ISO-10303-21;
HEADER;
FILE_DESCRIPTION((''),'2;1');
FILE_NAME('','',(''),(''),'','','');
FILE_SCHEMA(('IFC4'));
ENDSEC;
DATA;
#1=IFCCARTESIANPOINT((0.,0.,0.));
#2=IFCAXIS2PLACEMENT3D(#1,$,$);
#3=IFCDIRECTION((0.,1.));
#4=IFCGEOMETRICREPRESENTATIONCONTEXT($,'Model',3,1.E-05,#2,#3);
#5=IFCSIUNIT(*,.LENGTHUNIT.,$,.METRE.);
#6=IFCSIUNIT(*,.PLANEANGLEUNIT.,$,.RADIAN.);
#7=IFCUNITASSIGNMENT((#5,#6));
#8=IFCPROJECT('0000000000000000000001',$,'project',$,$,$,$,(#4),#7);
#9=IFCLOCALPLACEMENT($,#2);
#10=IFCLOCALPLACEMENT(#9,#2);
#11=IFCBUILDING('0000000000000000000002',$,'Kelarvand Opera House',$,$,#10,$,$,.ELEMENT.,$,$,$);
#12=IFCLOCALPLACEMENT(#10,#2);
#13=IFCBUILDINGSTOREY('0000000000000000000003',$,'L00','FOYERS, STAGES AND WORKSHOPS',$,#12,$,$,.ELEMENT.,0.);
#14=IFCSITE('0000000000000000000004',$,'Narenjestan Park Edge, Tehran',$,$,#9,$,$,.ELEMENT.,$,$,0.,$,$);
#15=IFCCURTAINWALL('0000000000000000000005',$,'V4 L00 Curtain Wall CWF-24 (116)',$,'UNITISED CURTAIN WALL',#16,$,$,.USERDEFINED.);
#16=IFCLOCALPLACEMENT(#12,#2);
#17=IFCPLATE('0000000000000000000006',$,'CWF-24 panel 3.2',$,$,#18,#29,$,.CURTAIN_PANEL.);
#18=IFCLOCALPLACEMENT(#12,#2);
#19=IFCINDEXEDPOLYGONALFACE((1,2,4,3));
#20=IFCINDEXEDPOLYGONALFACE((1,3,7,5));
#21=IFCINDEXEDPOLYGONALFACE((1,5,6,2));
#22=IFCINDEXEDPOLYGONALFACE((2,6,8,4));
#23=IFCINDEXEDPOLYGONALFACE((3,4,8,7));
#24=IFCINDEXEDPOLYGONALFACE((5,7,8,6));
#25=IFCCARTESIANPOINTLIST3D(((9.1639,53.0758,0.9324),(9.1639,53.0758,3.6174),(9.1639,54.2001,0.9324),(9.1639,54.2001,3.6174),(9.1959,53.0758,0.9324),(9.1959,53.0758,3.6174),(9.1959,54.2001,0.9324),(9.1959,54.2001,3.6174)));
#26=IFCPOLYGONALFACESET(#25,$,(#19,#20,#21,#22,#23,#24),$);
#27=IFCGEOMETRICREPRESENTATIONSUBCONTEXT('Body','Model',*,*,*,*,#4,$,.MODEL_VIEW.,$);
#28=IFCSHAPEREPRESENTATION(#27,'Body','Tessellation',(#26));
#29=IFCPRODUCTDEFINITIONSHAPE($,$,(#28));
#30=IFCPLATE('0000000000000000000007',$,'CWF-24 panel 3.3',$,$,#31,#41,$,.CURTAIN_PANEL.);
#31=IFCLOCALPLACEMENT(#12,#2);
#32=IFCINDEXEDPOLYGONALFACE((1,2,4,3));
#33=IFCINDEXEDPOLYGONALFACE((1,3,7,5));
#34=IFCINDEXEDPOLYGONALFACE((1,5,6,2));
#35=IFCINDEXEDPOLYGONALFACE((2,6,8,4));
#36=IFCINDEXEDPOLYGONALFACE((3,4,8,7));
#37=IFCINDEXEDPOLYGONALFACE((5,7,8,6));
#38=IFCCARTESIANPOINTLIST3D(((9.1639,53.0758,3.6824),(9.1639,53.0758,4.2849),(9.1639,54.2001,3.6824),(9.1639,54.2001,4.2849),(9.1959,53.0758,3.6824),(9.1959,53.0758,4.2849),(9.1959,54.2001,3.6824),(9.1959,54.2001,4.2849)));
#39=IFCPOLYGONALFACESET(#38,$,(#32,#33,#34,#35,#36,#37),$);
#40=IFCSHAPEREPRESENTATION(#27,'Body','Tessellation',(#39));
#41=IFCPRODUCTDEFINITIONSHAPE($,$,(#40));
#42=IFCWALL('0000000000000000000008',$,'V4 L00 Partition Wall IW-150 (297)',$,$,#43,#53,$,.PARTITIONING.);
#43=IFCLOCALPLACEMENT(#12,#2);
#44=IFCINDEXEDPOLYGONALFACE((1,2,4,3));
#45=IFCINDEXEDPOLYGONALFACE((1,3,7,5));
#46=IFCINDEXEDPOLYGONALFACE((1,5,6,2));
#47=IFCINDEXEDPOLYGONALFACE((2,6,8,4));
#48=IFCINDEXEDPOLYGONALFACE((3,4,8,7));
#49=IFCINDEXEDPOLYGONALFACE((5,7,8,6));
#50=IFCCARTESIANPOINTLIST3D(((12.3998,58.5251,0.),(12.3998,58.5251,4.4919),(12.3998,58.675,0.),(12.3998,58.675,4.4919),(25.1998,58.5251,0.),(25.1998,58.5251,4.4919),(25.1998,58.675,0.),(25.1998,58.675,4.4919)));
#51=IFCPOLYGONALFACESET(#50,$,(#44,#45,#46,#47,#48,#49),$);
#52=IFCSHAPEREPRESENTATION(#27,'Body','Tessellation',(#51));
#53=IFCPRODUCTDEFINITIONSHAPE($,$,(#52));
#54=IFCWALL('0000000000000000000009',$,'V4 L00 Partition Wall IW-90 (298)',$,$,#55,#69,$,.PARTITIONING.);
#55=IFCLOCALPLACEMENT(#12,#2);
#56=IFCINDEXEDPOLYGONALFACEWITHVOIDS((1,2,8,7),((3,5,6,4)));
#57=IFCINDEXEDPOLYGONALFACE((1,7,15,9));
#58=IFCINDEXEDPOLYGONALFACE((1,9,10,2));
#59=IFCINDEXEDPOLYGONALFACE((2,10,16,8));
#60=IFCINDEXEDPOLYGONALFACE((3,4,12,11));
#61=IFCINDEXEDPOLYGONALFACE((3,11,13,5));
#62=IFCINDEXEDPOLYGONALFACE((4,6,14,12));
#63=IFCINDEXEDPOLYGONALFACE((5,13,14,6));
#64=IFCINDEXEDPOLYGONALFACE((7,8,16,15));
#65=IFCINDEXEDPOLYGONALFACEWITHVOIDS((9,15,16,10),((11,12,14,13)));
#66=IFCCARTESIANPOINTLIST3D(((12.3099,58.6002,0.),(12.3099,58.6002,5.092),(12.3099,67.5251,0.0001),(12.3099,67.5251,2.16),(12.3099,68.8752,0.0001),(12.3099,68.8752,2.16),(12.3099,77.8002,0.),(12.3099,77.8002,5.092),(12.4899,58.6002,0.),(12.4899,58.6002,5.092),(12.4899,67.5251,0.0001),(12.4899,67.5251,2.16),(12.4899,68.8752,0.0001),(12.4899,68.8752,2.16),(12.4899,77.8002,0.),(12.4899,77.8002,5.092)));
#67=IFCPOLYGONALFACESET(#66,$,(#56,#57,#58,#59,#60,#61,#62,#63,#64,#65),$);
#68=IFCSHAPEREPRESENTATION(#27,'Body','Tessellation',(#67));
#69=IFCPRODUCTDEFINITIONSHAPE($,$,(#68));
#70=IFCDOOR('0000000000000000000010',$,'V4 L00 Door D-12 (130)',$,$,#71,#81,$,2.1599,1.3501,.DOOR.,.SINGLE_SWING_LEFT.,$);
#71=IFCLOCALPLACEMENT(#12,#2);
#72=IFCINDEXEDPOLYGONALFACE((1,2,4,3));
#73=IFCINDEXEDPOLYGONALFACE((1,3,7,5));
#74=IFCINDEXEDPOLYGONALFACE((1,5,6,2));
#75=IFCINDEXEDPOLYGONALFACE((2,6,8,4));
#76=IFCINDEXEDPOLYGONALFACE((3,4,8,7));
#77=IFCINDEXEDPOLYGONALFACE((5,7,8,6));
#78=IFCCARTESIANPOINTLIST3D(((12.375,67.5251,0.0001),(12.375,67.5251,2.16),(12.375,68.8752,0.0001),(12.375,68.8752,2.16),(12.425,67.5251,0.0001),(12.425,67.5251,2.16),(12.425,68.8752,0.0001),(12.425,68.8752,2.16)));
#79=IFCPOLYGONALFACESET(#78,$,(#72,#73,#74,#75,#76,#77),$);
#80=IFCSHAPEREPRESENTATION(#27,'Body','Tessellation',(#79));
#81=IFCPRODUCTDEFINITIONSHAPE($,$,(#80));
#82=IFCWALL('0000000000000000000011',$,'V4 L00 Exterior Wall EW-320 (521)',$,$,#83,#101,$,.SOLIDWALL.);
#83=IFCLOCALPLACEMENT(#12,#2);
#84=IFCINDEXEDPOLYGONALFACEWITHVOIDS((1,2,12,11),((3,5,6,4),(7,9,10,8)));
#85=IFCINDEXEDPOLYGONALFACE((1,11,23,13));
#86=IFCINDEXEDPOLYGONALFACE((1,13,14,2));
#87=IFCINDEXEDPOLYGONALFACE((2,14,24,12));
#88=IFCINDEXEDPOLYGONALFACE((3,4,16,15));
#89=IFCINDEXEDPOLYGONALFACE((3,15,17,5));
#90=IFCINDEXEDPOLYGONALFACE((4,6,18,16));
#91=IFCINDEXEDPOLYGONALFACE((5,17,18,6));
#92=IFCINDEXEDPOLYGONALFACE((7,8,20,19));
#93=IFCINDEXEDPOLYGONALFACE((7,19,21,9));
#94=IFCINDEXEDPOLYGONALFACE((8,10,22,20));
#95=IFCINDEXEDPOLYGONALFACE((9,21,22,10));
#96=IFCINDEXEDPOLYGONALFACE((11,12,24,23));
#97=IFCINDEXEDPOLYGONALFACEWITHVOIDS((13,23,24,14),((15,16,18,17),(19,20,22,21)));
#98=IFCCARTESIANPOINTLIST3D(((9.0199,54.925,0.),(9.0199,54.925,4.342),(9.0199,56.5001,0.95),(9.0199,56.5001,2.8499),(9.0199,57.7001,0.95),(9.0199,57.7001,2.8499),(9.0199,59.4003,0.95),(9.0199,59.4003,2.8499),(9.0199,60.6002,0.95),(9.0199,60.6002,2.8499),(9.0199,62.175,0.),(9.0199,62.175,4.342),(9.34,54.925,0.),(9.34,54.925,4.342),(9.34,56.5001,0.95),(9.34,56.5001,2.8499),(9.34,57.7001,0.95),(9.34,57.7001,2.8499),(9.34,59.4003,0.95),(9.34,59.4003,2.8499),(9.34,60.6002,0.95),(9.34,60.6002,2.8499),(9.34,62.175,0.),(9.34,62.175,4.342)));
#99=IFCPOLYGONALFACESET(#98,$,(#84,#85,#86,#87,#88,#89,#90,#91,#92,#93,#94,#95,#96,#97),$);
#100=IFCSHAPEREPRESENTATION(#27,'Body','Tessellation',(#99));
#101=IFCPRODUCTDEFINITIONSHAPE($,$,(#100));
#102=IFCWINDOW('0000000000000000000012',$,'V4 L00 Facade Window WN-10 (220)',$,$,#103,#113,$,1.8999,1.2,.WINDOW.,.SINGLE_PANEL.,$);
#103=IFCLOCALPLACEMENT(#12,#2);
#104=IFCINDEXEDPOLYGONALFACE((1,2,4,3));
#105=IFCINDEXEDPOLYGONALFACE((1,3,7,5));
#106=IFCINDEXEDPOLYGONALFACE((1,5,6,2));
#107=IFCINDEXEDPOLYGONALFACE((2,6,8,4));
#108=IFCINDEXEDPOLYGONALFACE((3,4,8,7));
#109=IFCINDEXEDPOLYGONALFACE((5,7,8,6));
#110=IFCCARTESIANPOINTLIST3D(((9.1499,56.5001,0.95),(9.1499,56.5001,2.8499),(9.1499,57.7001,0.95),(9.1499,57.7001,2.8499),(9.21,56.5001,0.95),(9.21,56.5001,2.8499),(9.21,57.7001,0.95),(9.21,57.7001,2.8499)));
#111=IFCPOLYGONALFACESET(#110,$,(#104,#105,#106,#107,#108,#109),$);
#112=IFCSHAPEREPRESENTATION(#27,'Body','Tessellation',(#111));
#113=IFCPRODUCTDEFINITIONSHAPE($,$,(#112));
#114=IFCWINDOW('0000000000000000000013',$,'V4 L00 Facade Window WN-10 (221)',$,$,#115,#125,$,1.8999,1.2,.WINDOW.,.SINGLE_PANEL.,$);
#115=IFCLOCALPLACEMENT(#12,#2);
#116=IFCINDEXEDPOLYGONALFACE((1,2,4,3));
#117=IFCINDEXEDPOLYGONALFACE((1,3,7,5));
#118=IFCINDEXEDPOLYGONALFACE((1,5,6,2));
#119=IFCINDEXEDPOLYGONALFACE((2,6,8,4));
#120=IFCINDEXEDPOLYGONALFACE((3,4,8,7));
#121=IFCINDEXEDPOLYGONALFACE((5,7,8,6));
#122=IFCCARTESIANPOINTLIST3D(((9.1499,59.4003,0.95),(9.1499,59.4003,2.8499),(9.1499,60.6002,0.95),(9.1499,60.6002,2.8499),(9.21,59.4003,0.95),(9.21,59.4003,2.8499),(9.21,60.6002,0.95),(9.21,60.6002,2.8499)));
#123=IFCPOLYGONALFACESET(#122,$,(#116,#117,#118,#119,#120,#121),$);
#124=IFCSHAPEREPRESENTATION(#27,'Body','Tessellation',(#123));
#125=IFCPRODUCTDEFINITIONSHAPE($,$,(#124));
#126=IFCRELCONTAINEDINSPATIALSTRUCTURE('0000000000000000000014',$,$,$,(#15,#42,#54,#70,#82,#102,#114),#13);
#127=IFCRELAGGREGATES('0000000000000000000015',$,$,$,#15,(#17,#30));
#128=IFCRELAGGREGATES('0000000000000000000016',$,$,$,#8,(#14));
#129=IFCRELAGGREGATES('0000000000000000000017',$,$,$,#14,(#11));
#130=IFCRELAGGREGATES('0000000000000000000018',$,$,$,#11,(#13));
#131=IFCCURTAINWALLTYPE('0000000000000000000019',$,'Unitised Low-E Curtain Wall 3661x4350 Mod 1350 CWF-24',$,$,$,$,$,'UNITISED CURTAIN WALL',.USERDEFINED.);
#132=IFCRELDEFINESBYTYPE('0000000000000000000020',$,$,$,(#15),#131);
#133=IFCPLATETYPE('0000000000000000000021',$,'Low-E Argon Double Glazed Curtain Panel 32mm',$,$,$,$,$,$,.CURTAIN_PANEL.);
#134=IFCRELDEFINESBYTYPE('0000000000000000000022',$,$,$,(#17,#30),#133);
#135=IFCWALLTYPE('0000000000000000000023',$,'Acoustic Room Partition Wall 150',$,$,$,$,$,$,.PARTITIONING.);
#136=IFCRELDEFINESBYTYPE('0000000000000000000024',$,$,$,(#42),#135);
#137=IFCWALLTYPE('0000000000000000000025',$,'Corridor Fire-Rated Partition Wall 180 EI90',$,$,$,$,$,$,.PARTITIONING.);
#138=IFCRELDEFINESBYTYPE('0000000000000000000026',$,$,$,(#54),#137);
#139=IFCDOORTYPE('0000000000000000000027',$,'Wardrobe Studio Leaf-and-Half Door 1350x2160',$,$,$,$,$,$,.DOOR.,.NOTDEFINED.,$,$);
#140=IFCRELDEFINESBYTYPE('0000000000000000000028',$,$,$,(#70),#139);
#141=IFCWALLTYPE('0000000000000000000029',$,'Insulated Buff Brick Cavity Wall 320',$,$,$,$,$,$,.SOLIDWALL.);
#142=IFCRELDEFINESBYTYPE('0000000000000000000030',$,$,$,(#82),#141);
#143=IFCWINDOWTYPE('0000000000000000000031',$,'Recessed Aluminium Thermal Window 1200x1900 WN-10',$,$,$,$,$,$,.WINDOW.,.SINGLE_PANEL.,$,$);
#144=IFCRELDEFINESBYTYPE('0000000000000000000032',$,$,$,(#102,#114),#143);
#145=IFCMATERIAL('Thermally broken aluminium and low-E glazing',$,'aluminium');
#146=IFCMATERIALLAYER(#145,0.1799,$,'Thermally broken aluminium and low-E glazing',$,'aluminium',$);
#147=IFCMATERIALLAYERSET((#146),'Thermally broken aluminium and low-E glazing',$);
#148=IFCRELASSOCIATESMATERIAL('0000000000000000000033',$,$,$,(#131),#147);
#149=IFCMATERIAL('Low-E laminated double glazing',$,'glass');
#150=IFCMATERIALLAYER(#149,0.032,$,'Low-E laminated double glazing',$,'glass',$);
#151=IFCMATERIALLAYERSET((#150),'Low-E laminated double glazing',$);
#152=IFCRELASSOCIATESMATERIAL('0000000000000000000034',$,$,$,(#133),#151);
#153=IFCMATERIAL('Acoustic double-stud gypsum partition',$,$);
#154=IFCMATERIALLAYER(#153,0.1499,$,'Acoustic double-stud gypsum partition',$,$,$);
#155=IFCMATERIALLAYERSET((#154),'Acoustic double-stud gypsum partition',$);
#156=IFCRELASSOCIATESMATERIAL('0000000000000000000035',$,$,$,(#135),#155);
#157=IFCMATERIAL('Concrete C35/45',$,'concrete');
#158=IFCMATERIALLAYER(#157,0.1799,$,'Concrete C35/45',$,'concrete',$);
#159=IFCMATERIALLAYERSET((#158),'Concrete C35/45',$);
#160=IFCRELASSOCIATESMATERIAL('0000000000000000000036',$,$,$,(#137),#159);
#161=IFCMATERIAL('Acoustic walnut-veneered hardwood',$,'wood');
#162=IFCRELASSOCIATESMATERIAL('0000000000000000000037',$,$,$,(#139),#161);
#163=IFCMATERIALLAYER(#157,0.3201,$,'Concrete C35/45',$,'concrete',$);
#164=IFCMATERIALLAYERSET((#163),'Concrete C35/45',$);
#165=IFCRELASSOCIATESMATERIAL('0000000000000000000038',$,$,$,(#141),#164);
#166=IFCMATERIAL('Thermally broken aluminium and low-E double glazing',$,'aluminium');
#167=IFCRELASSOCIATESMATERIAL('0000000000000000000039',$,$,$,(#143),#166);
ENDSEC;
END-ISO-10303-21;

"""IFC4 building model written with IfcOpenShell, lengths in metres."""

from ifc_helpers import new_model, si_unit, direction, frame, frame_2d, origin, origin_2d, place, context, subcontext, project, spatial, rectangle, extrude, material, layer, layer_set, type_object, element, fill, aggregate, save


model = new_model("IFC4")

# Units and contexts
model_context = context("Model", 3, precision=1e-05, world=origin(), true_north=direction((0.0, 1.0)))
body_context = subcontext(model_context, "Body", "Model", "MODEL_VIEW")
ifc_project = project(units=[si_unit("LENGTHUNIT", "METRE"), si_unit("PLANEANGLEUNIT", "RADIAN")], contexts=[model_context])

# Site, building, storey
site_placement = place(None, origin())
site = spatial("IfcSite", under=ifc_project, at=site_placement, Name="Narenjestan Park Edge, Tehran", CompositionType="ELEMENT", RefElevation=0.0)
building_placement = place(site_placement, origin())
building = spatial("IfcBuilding", under=site, at=building_placement, Name="Kelarvand Opera House", CompositionType="ELEMENT")
storey_placement = place(building_placement, origin())
storey = spatial("IfcBuildingStorey", under=building, at=storey_placement, Name="L00", Description="FOYERS, STAGES AND WORKSHOPS", CompositionType="ELEMENT", Elevation=0.0)

# Curtain wall
ifc_material_1 = material(Name="Thermally broken aluminium and low-E glazing", Category="aluminium")
ifc_layer_1 = layer(ifc_material_1, 0.1799, Name="Thermally broken aluminium and low-E glazing", Category="aluminium")
ifc_layer_set_1 = layer_set([ifc_layer_1], Name="Thermally broken aluminium and low-E glazing")
curtain_wall_type = type_object("IfcCurtainWallType", Name="Unitised Low-E Curtain Wall 3661x4350 Mod 1350 CWF-24", ElementType="UNITISED CURTAIN WALL", PredefinedType="USERDEFINED", material=ifc_layer_set_1)
curtain_wall_placement = place(storey_placement, origin())
curtain_wall = element("IfcCurtainWall", 1, at=curtain_wall_placement, inside=storey, type_object=curtain_wall_type, Name="V4 L00 Curtain Wall CWF-24 (116)", ObjectType="UNITISED CURTAIN WALL", PredefinedType="USERDEFINED")

# Shared definitions
ifc_material_2 = material(Name="Concrete C35/45", Category="concrete")

# Plates
ifc_material_3 = material(Name="Low-E laminated double glazing", Category="glass")
ifc_layer_2 = layer(ifc_material_3, 0.032, Name="Low-E laminated double glazing", Category="glass")
ifc_layer_set_2 = layer_set([ifc_layer_2], Name="Low-E laminated double glazing")
plate_type = type_object("IfcPlateType", Name="Low-E Argon Double Glazed Curtain Panel 32mm", PredefinedType="CURTAIN_PANEL", material=ifc_layer_set_2)
plate_1_placement = place(storey_placement, frame((9.1799, 53.6379, 0.9324), z_axis=(0.0, 0.0, 1.0), x_axis=(0.0, 1.0, 0.0)))
plate_1 = element("IfcPlate", 2, at=plate_1_placement, type_object=plate_type, Name="CWF-24 panel 3.2", PredefinedType="CURTAIN_PANEL", context=body_context, shape_type="SweptSolid", body=[
    extrude(rectangle(XDim=1.1243, YDim=0.032, at=origin_2d()), origin(), (0.0, 0.0, 1.0), 2.6851),
])
plate_2_placement = place(storey_placement, frame((9.1799, 53.6379, 3.6824), z_axis=(0.0, 0.0, 1.0), x_axis=(0.0, 1.0, 0.0)))
plate_2 = element("IfcPlate", 3, at=plate_2_placement, type_object=plate_type, Name="CWF-24 panel 3.3", PredefinedType="CURTAIN_PANEL", context=body_context, shape_type="SweptSolid", body=[
    extrude(rectangle(XDim=1.1243, YDim=0.032, at=origin_2d()), origin(), (0.0, 0.0, 1.0), 0.6025),
])
aggregate(curtain_wall, [plate_1, plate_2])

# Wall
ifc_material_4 = material(Name="Acoustic double-stud gypsum partition")
ifc_layer_3 = layer(ifc_material_4, 0.1499, Name="Acoustic double-stud gypsum partition")
ifc_layer_set_3 = layer_set([ifc_layer_3], Name="Acoustic double-stud gypsum partition")
wall_type_1 = type_object("IfcWallType", Name="Acoustic Room Partition Wall 150", PredefinedType="PARTITIONING", material=ifc_layer_set_3)
wall_1_placement = place(storey_placement, frame((12.3999, 58.6001, 0.0), z_axis=(0.0, 0.0, 1.0), x_axis=(1.0, 0.0, 0.0)))
element("IfcWall", 4, at=wall_1_placement, inside=storey, type_object=wall_type_1, Name="V4 L00 Partition Wall IW-150 (297)", PredefinedType="PARTITIONING", context=body_context, shape_type="SweptSolid", body=[
    extrude(rectangle(XDim=12.8, YDim=0.1499, at=frame_2d((6.3999, 0.0))), origin(), (0.0, 0.0, 1.0), 4.4919),
])

# Wall, opening, door
ifc_layer_4 = layer(ifc_material_2, 0.1799, Name="Concrete C35/45", Category="concrete")
ifc_layer_set_4 = layer_set([ifc_layer_4], Name="Concrete C35/45")
wall_type_2 = type_object("IfcWallType", Name="Corridor Fire-Rated Partition Wall 180 EI90", PredefinedType="PARTITIONING", material=ifc_layer_set_4)
wall_2_placement = place(storey_placement, frame((12.3999, 58.6001, 0.0), z_axis=(0.0, 0.0, 1.0), x_axis=(0.0, 1.0, 0.0)))
wall_2 = element("IfcWall", 5, at=wall_2_placement, inside=storey, type_object=wall_type_2, Name="V4 L00 Partition Wall IW-90 (298)", PredefinedType="PARTITIONING", context=body_context, shape_type="SweptSolid", body=[
    extrude(rectangle(XDim=19.2, YDim=0.1799, at=frame_2d((9.6001, 0.0))), origin(), (0.0, 0.0, 1.0), 5.092),
])
opening_1_placement = place(wall_2_placement, frame((8.925, 0.0, 0.0)))
opening_1 = element("IfcOpeningElement", 6, at=opening_1_placement, cuts=wall_2, PredefinedType="OPENING", context=body_context, shape_type="SweptSolid", body=[
    extrude(rectangle(XDim=1.3501, YDim=2.1599, at=frame_2d((0.675, 1.0801))), frame((0.0, 0.1001, 0.0), z_axis=(0.0, -1.0, 0.0), x_axis=(1.0, 0.0, 0.0)), (0.0, 0.0, 1.0), 0.2),
])
ifc_material_5 = material(Name="Acoustic walnut-veneered hardwood", Category="wood")
door_type = type_object("IfcDoorType", Name="Wardrobe Studio Leaf-and-Half Door 1350x2160", OperationType="NOTDEFINED", PredefinedType="DOOR", material=ifc_material_5)
door_placement = place(opening_1_placement, origin())
door = element("IfcDoor", 7, at=door_placement, inside=storey, type_object=door_type, Name="V4 L00 Door D-12 (130)", OperationType="SINGLE_SWING_LEFT", OverallHeight=2.1599, OverallWidth=1.3501, PredefinedType="DOOR", context=body_context, shape_type="SweptSolid", body=[
    extrude(rectangle(XDim=1.3501, YDim=2.1599, at=frame_2d((0.675, 1.0801))), frame((0.0, 0.0249, 0.0), z_axis=(0.0, -1.0, 0.0), x_axis=(1.0, 0.0, 0.0)), (0.0, 0.0, 1.0), 0.05),
])
fill(opening_1, door)

# Wall, openings, windows
ifc_layer_5 = layer(ifc_material_2, 0.3201, Name="Concrete C35/45", Category="concrete")
ifc_layer_set_5 = layer_set([ifc_layer_5], Name="Concrete C35/45")
wall_type_3 = type_object("IfcWallType", Name="Insulated Buff Brick Cavity Wall 320", PredefinedType="SOLIDWALL", material=ifc_layer_set_5)
wall_3_placement = place(storey_placement, frame((9.1799, 54.925, 0.0), z_axis=(0.0, 0.0, 1.0), x_axis=(0.0, 1.0, 0.0)))
wall_3 = element("IfcWall", 8, at=wall_3_placement, inside=storey, type_object=wall_type_3, Name="V4 L00 Exterior Wall EW-320 (521)", PredefinedType="SOLIDWALL", context=body_context, shape_type="SweptSolid", body=[
    extrude(rectangle(XDim=7.25, YDim=0.3201, at=frame_2d((3.625, 0.0))), origin(), (0.0, 0.0, 1.0), 4.342),
])
opening_2_placement = place(wall_3_placement, frame((1.575, 0.0, 0.95)))
opening_2 = element("IfcOpeningElement", 9, at=opening_2_placement, cuts=wall_3, PredefinedType="OPENING", context=body_context, shape_type="SweptSolid", body=[
    extrude(rectangle(XDim=1.2, YDim=1.8999, at=frame_2d((0.6001, 0.95))), frame((0.0, 0.1699, 0.0), z_axis=(0.0, -1.0, 0.0), x_axis=(1.0, 0.0, 0.0)), (0.0, 0.0, 1.0), 0.3401),
])
opening_3_placement = place(wall_3_placement, frame((4.4751, 0.0, 0.95)))
opening_3 = element("IfcOpeningElement", 10, at=opening_3_placement, cuts=wall_3, PredefinedType="OPENING", context=body_context, shape_type="SweptSolid", body=[
    extrude(rectangle(XDim=1.2, YDim=1.8999, at=frame_2d((0.6001, 0.95))), frame((0.0, 0.1699, 0.0), z_axis=(0.0, -1.0, 0.0), x_axis=(1.0, 0.0, 0.0)), (0.0, 0.0, 1.0), 0.3401),
])
ifc_material_6 = material(Name="Thermally broken aluminium and low-E double glazing", Category="aluminium")
window_type_1 = type_object("IfcWindowType", Name="Recessed Aluminium Thermal Window 1200x1900 WN-10", PartitioningType="SINGLE_PANEL", PredefinedType="WINDOW", material=ifc_material_6)
window_1_placement = place(opening_2_placement, origin())
window_1 = element("IfcWindow", 11, at=window_1_placement, inside=storey, type_object=window_type_1, Name="V4 L00 Facade Window WN-10 (220)", OverallHeight=1.8999, OverallWidth=1.2, PartitioningType="SINGLE_PANEL", PredefinedType="WINDOW", context=body_context, shape_type="SweptSolid", body=[
    extrude(rectangle(XDim=1.2, YDim=1.8999, at=frame_2d((0.6001, 0.95))), frame((0.0, 0.03, 0.0), z_axis=(0.0, -1.0, 0.0), x_axis=(1.0, 0.0, 0.0)), (0.0, 0.0, 1.0), 0.0601),
])
fill(opening_2, window_1)
window_2_placement = place(opening_3_placement, origin())
window_2 = element("IfcWindow", 12, at=window_2_placement, inside=storey, type_object=window_type_1, Name="V4 L00 Facade Window WN-10 (221)", OverallHeight=1.8999, OverallWidth=1.2, PartitioningType="SINGLE_PANEL", PredefinedType="WINDOW", context=body_context, shape_type="SweptSolid", body=[
    extrude(rectangle(XDim=1.2, YDim=1.8999, at=frame_2d((0.6001, 0.95))), frame((0.0, 0.03, 0.0), z_axis=(0.0, -1.0, 0.0), x_axis=(1.0, 0.0, 0.0)), (0.0, 0.0, 1.0), 0.0601),
])
fill(opening_3, window_2)

save(model, "model.ifc")
